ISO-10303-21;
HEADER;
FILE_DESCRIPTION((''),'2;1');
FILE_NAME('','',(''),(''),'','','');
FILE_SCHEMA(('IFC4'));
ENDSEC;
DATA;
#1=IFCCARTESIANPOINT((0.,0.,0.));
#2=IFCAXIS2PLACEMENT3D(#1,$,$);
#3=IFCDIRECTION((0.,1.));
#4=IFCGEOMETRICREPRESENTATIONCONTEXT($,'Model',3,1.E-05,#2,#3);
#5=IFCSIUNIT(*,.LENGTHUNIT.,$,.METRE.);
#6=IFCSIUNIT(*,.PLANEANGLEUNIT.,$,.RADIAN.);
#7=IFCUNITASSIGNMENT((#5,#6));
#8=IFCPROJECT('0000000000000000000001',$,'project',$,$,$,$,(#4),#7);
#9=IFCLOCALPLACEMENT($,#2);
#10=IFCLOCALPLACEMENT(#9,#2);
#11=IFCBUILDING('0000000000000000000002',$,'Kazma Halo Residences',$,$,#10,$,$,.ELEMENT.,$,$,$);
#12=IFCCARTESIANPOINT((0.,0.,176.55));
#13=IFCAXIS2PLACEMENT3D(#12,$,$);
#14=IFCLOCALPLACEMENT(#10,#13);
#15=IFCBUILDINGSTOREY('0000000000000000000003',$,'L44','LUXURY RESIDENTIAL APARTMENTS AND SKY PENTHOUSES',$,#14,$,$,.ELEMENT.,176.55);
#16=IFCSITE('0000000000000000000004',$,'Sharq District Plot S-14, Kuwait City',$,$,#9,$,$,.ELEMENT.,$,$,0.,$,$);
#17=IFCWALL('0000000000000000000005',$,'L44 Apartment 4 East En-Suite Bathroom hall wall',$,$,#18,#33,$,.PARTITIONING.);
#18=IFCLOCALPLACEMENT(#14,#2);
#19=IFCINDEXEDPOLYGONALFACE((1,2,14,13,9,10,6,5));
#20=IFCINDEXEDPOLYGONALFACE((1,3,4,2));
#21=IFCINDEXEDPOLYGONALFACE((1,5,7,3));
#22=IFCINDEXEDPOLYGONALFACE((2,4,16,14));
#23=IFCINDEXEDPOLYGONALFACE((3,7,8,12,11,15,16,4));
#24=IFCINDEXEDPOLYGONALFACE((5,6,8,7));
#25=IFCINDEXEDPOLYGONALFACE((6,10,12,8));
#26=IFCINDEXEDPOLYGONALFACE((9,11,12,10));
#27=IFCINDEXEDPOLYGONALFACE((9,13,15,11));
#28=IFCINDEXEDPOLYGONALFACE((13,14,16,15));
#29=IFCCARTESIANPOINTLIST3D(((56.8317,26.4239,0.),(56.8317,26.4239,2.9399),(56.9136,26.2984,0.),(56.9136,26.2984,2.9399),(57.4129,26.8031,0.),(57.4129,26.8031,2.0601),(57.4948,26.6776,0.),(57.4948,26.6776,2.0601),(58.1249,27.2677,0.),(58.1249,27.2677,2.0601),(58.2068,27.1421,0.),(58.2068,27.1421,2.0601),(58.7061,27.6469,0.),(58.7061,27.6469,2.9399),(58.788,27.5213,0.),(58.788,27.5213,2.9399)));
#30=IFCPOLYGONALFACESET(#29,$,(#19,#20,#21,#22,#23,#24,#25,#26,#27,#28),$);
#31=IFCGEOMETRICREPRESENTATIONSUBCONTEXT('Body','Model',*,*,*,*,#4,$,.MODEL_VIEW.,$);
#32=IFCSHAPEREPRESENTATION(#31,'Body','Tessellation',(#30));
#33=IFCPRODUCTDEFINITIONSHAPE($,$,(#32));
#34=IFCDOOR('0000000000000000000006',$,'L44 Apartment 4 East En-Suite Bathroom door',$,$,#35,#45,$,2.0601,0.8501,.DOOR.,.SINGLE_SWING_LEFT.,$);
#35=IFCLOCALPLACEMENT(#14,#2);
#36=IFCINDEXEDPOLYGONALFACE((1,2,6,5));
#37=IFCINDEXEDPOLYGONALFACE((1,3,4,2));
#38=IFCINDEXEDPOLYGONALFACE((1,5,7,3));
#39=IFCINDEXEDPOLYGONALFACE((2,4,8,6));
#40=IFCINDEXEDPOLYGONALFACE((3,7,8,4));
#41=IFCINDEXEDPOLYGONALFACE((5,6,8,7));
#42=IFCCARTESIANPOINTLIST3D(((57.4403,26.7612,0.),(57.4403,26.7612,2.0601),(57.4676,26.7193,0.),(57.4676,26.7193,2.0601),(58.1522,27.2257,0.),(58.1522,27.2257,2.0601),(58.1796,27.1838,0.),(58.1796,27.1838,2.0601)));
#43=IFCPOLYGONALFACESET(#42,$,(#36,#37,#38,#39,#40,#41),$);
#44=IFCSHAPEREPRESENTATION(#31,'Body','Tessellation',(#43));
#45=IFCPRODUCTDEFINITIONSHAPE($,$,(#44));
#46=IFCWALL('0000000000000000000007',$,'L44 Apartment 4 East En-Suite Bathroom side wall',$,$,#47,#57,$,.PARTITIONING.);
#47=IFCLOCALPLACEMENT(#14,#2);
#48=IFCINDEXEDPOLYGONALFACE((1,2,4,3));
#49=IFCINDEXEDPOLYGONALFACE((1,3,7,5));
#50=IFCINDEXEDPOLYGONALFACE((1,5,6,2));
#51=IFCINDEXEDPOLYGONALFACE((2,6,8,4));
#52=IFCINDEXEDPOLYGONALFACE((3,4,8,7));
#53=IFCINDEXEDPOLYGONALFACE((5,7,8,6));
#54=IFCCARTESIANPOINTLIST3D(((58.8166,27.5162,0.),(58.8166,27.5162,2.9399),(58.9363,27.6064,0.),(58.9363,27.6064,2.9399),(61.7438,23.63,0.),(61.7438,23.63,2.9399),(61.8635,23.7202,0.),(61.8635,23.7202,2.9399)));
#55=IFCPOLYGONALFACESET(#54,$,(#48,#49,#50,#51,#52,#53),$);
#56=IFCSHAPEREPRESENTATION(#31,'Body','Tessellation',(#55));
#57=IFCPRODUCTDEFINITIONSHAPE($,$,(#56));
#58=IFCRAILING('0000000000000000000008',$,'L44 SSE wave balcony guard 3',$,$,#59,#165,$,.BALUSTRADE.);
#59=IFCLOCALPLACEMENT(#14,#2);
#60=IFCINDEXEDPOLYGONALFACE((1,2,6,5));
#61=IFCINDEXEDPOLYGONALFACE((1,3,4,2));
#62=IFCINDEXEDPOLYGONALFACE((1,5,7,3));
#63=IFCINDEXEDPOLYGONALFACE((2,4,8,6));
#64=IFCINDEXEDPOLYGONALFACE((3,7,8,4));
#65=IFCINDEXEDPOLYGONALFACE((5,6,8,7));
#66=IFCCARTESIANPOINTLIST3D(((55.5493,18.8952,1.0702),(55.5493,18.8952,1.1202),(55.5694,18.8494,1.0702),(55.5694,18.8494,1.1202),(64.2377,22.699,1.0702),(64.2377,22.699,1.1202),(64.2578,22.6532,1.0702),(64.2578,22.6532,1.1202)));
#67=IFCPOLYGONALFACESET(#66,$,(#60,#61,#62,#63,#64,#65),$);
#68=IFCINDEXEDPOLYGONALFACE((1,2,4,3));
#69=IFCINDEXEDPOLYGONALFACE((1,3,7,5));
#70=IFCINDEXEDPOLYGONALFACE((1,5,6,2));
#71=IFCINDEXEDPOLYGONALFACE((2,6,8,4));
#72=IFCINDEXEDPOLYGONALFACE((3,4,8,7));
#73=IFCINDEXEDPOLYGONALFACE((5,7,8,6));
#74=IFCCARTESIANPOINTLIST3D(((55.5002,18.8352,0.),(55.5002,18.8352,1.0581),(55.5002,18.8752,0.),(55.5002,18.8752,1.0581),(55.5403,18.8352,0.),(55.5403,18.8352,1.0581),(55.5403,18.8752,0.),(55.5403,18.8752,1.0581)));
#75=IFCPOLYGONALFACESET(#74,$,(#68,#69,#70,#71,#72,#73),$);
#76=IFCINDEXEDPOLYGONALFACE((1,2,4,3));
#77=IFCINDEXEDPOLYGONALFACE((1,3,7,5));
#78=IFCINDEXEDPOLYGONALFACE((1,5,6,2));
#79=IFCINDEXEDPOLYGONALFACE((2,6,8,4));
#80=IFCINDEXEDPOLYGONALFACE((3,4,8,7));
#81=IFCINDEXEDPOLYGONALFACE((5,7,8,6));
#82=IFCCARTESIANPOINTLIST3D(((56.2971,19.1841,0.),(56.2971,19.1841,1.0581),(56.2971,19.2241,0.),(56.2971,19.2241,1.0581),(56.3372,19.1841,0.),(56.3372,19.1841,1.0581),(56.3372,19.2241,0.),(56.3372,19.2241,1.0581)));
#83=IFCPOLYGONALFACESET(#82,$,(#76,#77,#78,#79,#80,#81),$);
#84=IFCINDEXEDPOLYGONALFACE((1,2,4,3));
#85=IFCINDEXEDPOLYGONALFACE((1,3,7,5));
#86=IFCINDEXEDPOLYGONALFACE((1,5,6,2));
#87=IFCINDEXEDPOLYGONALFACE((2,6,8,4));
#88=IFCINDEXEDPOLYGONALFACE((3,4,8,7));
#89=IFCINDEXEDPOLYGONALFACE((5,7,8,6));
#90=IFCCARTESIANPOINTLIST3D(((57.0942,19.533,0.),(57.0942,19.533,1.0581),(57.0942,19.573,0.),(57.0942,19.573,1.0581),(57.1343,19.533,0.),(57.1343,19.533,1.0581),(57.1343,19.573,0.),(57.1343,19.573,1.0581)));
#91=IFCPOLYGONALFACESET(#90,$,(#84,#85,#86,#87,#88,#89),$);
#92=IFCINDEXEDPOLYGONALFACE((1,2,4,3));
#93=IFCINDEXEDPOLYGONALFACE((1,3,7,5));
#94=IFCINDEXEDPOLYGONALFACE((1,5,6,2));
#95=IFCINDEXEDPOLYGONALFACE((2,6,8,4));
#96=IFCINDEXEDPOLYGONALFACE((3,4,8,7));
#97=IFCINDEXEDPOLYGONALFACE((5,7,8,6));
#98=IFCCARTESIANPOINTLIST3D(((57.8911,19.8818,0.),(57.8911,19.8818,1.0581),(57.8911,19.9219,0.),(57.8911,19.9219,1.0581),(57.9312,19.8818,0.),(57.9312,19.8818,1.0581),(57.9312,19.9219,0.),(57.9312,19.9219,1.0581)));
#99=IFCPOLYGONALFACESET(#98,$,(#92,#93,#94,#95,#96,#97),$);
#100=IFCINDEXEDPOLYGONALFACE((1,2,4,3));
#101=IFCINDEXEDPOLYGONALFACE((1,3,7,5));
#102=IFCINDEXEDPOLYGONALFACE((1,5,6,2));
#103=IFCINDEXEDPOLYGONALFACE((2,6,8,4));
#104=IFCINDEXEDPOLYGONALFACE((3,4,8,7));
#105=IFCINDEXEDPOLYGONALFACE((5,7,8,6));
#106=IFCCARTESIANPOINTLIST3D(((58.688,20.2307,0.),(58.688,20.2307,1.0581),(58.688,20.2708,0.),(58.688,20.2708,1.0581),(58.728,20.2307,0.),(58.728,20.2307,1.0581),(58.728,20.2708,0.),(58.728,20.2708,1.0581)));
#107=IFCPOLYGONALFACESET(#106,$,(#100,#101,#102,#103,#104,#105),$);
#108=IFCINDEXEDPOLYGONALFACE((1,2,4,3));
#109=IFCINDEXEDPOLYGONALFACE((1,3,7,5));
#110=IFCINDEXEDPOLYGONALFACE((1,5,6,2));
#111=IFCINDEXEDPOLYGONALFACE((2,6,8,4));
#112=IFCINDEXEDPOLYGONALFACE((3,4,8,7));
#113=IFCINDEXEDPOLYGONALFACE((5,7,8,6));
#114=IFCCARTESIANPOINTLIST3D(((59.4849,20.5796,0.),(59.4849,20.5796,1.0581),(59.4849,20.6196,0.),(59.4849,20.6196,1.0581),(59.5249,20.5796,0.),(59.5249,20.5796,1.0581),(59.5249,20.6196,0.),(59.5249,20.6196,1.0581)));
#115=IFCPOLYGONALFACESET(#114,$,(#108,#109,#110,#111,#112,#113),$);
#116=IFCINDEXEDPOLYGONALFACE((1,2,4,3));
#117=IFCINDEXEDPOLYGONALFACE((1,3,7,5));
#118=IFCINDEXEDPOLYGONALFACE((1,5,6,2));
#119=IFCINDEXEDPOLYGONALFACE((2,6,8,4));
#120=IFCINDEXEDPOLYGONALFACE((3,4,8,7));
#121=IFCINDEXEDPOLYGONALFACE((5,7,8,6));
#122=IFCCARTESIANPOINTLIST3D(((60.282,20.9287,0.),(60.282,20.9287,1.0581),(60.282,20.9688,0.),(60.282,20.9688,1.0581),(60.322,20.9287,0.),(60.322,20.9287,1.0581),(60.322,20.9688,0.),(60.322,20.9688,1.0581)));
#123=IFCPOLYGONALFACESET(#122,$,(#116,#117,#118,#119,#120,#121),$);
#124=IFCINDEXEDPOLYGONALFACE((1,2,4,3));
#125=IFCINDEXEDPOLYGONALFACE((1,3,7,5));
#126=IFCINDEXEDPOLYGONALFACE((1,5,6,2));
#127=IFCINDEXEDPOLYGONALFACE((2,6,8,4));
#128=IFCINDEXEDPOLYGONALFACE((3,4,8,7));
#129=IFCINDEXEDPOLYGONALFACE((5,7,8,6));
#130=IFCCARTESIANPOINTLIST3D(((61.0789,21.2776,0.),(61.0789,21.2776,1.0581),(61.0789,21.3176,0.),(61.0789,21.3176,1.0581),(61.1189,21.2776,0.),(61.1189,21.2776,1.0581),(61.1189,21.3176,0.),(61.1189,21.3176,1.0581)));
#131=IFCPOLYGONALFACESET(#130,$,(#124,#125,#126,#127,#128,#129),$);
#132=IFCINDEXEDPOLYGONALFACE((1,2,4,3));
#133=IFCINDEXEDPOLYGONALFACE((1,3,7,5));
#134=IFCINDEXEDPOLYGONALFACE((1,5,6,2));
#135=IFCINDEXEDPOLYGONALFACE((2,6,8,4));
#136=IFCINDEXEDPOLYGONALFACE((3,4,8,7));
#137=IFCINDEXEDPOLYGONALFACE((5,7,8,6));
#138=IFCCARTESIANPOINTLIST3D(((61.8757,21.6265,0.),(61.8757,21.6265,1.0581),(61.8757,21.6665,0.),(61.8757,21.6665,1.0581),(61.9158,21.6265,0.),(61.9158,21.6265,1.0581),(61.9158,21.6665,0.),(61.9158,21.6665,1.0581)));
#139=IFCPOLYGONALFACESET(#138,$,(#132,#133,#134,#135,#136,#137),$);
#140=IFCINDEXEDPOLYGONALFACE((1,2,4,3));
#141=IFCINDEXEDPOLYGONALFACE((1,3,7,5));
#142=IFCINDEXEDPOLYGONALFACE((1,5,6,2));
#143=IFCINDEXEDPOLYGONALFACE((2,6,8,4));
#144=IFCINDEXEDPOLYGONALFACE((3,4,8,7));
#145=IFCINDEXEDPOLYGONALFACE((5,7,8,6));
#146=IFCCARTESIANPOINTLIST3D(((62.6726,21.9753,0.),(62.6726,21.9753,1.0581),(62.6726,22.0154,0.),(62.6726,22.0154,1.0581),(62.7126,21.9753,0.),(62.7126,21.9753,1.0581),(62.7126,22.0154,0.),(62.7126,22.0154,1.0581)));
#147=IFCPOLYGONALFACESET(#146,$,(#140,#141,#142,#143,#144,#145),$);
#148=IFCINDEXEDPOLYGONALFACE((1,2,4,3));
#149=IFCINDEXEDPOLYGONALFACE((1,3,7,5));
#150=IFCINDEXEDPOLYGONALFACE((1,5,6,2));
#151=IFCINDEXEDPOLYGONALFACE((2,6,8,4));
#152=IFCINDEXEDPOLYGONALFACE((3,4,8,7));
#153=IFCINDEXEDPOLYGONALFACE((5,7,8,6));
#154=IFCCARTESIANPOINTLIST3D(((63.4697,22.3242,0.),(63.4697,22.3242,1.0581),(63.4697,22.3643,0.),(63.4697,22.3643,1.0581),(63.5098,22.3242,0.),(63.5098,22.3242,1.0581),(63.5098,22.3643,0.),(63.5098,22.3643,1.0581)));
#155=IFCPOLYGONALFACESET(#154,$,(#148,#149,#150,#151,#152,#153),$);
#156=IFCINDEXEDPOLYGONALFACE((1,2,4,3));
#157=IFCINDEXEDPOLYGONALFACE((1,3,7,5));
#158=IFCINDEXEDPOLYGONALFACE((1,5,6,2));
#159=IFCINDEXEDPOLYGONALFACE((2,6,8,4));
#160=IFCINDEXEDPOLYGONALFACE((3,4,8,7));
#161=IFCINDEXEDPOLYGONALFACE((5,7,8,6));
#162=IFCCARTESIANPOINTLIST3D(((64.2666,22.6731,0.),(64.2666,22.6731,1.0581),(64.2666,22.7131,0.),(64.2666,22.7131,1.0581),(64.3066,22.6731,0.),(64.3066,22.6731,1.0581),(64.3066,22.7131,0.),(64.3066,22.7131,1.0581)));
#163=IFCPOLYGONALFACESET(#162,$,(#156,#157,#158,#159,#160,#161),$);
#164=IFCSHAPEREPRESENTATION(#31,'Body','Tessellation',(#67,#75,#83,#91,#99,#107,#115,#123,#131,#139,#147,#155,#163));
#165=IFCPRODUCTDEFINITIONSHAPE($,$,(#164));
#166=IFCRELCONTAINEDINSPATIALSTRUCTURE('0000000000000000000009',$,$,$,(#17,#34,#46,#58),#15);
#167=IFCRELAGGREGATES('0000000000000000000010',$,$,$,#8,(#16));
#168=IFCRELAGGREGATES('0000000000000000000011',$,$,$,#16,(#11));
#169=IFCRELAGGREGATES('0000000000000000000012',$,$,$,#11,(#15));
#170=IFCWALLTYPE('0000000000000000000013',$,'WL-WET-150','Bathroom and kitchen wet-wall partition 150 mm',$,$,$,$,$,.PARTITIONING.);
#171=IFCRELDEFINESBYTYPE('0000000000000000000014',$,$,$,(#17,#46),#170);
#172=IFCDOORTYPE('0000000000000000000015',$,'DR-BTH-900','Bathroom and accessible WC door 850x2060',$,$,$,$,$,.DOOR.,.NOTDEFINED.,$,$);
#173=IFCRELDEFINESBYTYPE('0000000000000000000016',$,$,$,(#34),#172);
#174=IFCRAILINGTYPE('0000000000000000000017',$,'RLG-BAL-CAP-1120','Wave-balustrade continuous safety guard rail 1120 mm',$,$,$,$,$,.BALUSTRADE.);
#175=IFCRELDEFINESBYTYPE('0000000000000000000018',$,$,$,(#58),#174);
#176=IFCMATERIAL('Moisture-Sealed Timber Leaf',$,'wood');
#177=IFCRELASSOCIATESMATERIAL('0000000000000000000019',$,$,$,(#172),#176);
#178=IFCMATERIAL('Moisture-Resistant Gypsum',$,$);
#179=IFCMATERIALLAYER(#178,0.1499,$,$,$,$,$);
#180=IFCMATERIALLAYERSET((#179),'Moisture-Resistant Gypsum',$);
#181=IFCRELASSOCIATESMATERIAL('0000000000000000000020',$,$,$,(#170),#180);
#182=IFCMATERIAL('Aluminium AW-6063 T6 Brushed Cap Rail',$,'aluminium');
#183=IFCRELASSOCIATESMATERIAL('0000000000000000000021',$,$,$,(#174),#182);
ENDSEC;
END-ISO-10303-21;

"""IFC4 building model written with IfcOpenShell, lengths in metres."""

from ifc_helpers import new_model, si_unit, direction, frame, frame_2d, origin, origin_2d, place, context, subcontext, project, spatial, rectangle, extrude, material, layer, layer_set, type_object, element, fill, save


model = new_model("IFC4")

# Units and contexts
model_context = context("Model", 3, precision=1e-05, world=origin(), true_north=direction((0.0, 1.0)))
body_context = subcontext(model_context, "Body", "Model", "MODEL_VIEW")
ifc_project = project(units=[si_unit("LENGTHUNIT", "METRE"), si_unit("PLANEANGLEUNIT", "RADIAN")], contexts=[model_context])

# Site, building, storey
site_placement = place(None, origin())
site = spatial("IfcSite", under=ifc_project, at=site_placement, Name="Sharq District Plot S-14, Kuwait City", CompositionType="ELEMENT", RefElevation=0.0)
building_placement = place(site_placement, origin())
building = spatial("IfcBuilding", under=site, at=building_placement, Name="Kazma Halo Residences", CompositionType="ELEMENT")
storey_placement = place(building_placement, frame((0.0, 0.0, 176.55)))
storey = spatial("IfcBuildingStorey", under=building, at=storey_placement, Name="L44", Description="LUXURY RESIDENTIAL APARTMENTS AND SKY PENTHOUSES", CompositionType="ELEMENT", Elevation=176.55)

# Shared definitions
ifc_material_1 = material(Name="Moisture-Sealed Timber Leaf", Category="wood")
door_type_1 = type_object("IfcDoorType", Name="DR-BTH-900", Description="Bathroom and accessible WC door 850x2060", OperationType="NOTDEFINED", PredefinedType="DOOR", material=ifc_material_1)

# Wall, opening, door
ifc_material_2 = material(Name="Moisture-Resistant Gypsum")
ifc_layer_1 = layer(ifc_material_2, 0.1499)
ifc_layer_set_1 = layer_set([ifc_layer_1], Name="Moisture-Resistant Gypsum")
wall_type_1 = type_object("IfcWallType", Name="WL-WET-150", Description="Bathroom and kitchen wet-wall partition 150 mm", PredefinedType="PARTITIONING", material=ifc_layer_set_1)
wall_1_placement = place(storey_placement, frame((56.8726, 26.3611, 0.0), z_axis=(0.0, 0.0, 1.0), x_axis=(0.837498, 0.546441, 0.0)))
wall_1 = element("IfcWall", 1, at=wall_1_placement, inside=storey, type_object=wall_type_1, Name="L44 Apartment 4 East En-Suite Bathroom hall wall", PredefinedType="PARTITIONING", context=body_context, shape_type="SweptSolid", body=[
    extrude(rectangle(XDim=2.238, YDim=0.1499, at=frame_2d((1.1191, 0.0))), origin(), (0.0, 0.0, 1.0), 2.9399),
])
opening_1_placement = place(wall_1_placement, frame((0.6941, 0.0, 0.0)))
opening_1 = element("IfcOpeningElement", 2, at=opening_1_placement, cuts=wall_1, PredefinedType="OPENING", context=body_context, shape_type="SweptSolid", body=[
    extrude(rectangle(XDim=0.8501, YDim=2.0601, at=frame_2d((0.425, 1.03))), frame((0.0, 0.085, 0.0), z_axis=(0.0, -1.0, 0.0), x_axis=(1.0, 0.0, 0.0)), (0.0, 0.0, 1.0), 0.1699),
])
door_1_placement = place(opening_1_placement, origin())
door_1 = element("IfcDoor", 3, at=door_1_placement, inside=storey, type_object=door_type_1, Name="L44 Apartment 4 East En-Suite Bathroom door", OperationType="SINGLE_SWING_LEFT", OverallHeight=2.0601, OverallWidth=0.8501, PredefinedType="DOOR", context=body_context, shape_type="SweptSolid", body=[
    extrude(rectangle(XDim=0.8501, YDim=2.0601, at=frame_2d((0.425, 1.03))), frame((0.0, 0.0249, 0.0), z_axis=(0.0, -1.0, 0.0), x_axis=(1.0, 0.0, 0.0)), (0.0, 0.0, 1.0), 0.05),
])
fill(opening_1, door_1)

# Wall
wall_2_placement = place(storey_placement, frame((58.8765, 27.5613, 0.0), z_axis=(0.0, 0.0, 1.0), x_axis=(0.601653, -0.798758, 0.0)))
element("IfcWall", 4, at=wall_2_placement, inside=storey, type_object=wall_type_1, Name="L44 Apartment 4 East En-Suite Bathroom side wall", PredefinedType="PARTITIONING", context=body_context, shape_type="SweptSolid", body=[
    extrude(rectangle(XDim=4.8652, YDim=0.1499, at=frame_2d((2.4326, 0.0))), origin(), (0.0, 0.0, 1.0), 2.9399),
])

# Railing
ifc_material_3 = material(Name="Aluminium AW-6063 T6 Brushed Cap Rail", Category="aluminium")
railing_type = type_object("IfcRailingType", Name="RLG-BAL-CAP-1120", Description="Wave-balustrade continuous safety guard rail 1120 mm", PredefinedType="BALUSTRADE", material=ifc_material_3)
railing_placement = place(storey_placement, frame((55.5203, 18.8552, 0.0)))
element("IfcRailing", 5, at=railing_placement, inside=storey, type_object=railing_type, Name="L44 SSE wave balcony guard 3", PredefinedType="BALUSTRADE", context=body_context, shape_type="SweptSolid", body=[
    extrude(rectangle(XDim=0.05, YDim=0.05, at=origin_2d()), frame((0.0391, 0.0171, 1.0952), z_axis=(0.916057, 0.401048, 0.0), x_axis=(-0.401048, 0.916057, 0.0)), (0.0, 0.0, 1.0), 9.4846),
    extrude(rectangle(XDim=0.04, YDim=0.04, at=origin_2d()), origin(), (0.0, 0.0, 1.0), 1.0581),
    extrude(rectangle(XDim=0.04, YDim=0.04, at=origin_2d()), frame((0.7969, 0.3489, 0.0)), (0.0, 0.0, 1.0), 1.0581),
    extrude(rectangle(XDim=0.04, YDim=0.04, at=origin_2d()), frame((1.594, 0.6978, 0.0)), (0.0, 0.0, 1.0), 1.0581),
    extrude(rectangle(XDim=0.04, YDim=0.04, at=origin_2d()), frame((2.3909, 1.0466, 0.0)), (0.0, 0.0, 1.0), 1.0581),
    extrude(rectangle(XDim=0.04, YDim=0.04, at=origin_2d()), frame((3.1877, 1.3955, 0.0)), (0.0, 0.0, 1.0), 1.0581),
    extrude(rectangle(XDim=0.04, YDim=0.04, at=origin_2d()), frame((3.9846, 1.7444, 0.0)), (0.0, 0.0, 1.0), 1.0581),
    extrude(rectangle(XDim=0.04, YDim=0.04, at=origin_2d()), frame((4.7817, 2.0935, 0.0)), (0.0, 0.0, 1.0), 1.0581),
    extrude(rectangle(XDim=0.04, YDim=0.04, at=origin_2d()), frame((5.5786, 2.4424, 0.0)), (0.0, 0.0, 1.0), 1.0581),
    extrude(rectangle(XDim=0.04, YDim=0.04, at=origin_2d()), frame((6.3755, 2.7913, 0.0)), (0.0, 0.0, 1.0), 1.0581),
    extrude(rectangle(XDim=0.04, YDim=0.04, at=origin_2d()), frame((7.1724, 3.1401, 0.0)), (0.0, 0.0, 1.0), 1.0581),
    extrude(rectangle(XDim=0.04, YDim=0.04, at=origin_2d()), frame((7.9695, 3.489, 0.0)), (0.0, 0.0, 1.0), 1.0581),
    extrude(rectangle(XDim=0.04, YDim=0.04, at=origin_2d()), frame((8.7664, 3.8379, 0.0)), (0.0, 0.0, 1.0), 1.0581),
])

save(model, "model.ifc")
